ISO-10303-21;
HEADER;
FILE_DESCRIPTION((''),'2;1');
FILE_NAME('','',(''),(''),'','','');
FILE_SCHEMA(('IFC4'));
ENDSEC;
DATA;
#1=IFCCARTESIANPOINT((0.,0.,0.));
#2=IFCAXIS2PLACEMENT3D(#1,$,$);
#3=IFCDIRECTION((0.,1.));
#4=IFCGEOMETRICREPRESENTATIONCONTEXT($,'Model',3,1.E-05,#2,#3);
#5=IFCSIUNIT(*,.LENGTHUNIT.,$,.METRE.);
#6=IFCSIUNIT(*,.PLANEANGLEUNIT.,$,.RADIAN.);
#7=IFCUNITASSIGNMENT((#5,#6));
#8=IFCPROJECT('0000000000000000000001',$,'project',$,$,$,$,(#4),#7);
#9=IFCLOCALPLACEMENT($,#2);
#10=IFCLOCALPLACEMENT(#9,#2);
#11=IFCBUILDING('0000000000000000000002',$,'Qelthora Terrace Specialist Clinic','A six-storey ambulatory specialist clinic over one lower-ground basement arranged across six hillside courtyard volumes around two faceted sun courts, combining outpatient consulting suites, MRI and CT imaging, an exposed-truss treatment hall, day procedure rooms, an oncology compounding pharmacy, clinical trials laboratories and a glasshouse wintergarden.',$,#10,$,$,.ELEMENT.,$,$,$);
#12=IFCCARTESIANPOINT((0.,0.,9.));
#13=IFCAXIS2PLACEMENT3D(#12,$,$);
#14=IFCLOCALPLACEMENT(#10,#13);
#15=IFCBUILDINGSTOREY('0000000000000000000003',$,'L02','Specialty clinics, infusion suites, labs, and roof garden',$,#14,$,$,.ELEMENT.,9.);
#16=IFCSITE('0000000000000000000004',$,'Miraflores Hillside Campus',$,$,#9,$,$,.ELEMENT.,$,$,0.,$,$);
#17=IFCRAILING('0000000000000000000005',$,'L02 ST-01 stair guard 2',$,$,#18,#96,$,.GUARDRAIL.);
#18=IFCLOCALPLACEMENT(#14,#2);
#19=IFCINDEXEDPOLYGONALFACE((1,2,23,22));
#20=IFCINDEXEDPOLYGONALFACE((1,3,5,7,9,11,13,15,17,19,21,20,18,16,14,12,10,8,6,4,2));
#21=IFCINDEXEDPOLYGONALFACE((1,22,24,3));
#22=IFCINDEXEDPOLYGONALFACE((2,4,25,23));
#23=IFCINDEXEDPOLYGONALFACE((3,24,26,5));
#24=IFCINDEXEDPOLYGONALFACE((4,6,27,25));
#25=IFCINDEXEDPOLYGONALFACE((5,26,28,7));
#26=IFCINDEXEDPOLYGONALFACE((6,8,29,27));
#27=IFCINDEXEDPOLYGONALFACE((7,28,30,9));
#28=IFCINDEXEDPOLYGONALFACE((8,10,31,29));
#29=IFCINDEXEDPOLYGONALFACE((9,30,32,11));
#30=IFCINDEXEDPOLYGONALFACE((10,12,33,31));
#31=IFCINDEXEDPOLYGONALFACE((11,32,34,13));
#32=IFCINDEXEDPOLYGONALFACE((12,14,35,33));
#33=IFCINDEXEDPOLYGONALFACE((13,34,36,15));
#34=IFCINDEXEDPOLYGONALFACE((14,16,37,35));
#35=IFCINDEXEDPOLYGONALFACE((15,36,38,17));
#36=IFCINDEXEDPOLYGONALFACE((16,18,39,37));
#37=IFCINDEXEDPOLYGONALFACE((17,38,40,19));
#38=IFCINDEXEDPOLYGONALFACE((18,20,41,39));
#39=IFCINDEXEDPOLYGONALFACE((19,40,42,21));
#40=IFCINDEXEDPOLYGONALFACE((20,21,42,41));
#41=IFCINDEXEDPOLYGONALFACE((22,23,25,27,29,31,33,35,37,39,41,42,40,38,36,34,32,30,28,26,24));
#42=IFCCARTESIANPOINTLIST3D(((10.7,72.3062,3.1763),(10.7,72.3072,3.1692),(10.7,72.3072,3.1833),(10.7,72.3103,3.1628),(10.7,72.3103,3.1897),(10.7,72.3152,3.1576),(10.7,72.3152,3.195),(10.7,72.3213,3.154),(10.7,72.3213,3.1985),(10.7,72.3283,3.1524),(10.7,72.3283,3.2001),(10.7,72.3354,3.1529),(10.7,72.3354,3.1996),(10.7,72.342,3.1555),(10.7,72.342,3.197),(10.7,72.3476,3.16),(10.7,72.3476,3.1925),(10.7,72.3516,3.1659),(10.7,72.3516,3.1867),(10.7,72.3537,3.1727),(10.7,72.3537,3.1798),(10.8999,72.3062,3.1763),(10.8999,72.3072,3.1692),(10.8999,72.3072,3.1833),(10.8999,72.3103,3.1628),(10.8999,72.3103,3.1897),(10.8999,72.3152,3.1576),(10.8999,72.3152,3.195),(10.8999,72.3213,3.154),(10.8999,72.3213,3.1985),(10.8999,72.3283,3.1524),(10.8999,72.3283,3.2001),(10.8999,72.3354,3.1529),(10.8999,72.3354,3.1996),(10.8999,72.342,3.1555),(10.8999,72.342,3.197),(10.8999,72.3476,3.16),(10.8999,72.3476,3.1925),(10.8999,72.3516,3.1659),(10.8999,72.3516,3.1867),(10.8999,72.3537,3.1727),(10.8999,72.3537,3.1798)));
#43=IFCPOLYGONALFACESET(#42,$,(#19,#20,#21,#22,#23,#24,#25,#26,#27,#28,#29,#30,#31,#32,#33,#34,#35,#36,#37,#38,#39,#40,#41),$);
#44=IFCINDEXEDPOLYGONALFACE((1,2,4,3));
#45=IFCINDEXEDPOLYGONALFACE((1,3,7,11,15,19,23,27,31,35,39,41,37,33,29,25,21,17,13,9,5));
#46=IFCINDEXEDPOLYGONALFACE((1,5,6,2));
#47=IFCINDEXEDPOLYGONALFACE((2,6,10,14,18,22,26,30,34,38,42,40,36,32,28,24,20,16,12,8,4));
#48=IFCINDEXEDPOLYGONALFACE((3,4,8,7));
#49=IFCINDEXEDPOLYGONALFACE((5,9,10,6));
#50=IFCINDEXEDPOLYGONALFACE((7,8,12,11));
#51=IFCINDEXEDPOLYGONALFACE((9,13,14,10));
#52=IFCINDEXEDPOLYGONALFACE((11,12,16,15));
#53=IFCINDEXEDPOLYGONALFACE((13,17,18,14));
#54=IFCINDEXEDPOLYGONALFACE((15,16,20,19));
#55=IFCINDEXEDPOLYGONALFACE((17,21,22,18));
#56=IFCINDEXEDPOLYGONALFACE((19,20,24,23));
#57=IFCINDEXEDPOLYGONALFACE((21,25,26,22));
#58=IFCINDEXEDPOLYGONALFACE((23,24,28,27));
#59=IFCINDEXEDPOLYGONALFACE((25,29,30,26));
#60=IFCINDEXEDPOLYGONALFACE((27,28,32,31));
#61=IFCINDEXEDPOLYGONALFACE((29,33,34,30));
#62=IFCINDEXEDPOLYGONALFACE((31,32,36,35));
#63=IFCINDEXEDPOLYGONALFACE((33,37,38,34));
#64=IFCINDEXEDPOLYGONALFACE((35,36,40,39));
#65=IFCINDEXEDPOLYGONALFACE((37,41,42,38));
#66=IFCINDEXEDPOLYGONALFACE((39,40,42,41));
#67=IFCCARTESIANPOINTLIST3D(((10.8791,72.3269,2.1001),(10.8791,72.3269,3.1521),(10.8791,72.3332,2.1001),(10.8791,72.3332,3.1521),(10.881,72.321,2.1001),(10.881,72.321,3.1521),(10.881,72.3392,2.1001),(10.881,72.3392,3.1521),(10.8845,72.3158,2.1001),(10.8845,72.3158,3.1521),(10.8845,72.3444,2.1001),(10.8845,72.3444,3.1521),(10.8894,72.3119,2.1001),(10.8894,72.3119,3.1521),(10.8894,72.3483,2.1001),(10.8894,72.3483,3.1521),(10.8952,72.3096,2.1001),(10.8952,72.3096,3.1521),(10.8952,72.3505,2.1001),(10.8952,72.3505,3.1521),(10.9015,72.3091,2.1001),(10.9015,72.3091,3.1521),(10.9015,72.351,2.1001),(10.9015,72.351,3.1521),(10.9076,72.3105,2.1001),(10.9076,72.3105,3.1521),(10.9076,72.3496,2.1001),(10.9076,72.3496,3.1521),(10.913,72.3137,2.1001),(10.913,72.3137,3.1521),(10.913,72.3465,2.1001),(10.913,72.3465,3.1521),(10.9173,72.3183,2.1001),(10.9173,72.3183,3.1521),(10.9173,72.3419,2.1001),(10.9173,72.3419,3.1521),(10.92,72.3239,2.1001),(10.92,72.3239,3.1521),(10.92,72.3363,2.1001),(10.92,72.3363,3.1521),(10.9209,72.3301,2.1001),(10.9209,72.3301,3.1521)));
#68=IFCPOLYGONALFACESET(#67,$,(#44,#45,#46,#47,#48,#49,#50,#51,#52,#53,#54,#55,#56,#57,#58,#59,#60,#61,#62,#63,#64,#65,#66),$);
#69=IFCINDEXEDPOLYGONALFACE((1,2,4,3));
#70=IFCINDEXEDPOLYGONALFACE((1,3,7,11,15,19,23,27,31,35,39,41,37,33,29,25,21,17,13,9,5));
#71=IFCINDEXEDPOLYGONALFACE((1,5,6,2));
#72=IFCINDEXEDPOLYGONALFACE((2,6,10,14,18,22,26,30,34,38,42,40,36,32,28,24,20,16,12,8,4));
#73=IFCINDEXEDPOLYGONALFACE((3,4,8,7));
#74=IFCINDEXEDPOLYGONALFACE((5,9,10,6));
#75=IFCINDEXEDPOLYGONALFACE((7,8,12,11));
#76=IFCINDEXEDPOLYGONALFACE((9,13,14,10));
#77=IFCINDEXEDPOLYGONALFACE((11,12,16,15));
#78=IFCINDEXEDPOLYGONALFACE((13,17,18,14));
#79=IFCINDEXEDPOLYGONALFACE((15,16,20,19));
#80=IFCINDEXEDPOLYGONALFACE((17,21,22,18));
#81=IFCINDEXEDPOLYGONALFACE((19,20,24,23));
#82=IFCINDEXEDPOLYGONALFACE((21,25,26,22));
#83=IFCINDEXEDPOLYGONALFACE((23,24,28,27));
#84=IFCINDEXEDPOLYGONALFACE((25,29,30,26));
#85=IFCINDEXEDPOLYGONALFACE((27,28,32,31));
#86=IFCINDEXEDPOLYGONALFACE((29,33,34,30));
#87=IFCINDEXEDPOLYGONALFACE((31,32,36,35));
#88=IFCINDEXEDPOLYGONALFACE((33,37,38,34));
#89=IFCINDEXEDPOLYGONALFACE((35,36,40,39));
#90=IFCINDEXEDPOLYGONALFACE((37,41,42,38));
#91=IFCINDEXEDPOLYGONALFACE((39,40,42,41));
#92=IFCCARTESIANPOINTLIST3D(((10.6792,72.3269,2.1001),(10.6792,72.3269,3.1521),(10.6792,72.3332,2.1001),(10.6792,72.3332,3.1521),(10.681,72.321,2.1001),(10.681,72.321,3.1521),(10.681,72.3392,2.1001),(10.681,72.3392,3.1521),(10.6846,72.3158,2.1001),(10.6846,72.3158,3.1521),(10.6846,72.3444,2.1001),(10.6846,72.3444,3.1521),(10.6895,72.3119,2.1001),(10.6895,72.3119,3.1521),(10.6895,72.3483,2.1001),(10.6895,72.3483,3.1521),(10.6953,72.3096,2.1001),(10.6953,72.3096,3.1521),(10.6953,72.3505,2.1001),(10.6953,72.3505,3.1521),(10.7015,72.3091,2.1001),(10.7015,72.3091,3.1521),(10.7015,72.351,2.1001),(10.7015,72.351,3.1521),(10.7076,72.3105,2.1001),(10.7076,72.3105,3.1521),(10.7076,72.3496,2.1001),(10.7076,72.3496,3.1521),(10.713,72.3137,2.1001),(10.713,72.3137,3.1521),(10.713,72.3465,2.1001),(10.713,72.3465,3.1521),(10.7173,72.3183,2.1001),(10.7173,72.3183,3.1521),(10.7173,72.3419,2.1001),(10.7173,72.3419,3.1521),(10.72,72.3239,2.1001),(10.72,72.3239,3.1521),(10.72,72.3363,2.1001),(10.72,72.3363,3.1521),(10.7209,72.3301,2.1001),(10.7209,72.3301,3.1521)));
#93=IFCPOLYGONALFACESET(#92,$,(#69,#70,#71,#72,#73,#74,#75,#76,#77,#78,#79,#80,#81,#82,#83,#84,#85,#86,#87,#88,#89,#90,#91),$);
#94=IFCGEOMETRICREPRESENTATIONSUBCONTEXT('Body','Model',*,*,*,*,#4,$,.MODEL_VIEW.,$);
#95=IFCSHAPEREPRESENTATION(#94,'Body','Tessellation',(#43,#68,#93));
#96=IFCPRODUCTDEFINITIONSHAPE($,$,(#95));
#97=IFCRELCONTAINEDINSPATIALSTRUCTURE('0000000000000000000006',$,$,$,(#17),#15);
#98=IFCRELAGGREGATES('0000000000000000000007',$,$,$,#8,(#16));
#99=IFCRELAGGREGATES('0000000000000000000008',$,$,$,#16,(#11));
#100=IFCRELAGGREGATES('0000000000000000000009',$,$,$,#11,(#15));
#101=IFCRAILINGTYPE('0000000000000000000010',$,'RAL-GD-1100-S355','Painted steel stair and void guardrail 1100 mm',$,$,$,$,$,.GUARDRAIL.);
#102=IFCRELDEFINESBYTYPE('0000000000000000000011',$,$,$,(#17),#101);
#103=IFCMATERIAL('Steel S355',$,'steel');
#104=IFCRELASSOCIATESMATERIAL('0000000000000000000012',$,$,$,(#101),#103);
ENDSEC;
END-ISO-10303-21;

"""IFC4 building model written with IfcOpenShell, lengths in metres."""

from ifc_helpers import new_model, si_unit, direction, frame, origin, origin_2d, place, context, subcontext, project, spatial, circle, extrude, material, type_object, element, save


model = new_model("IFC4")

# Units and contexts
model_context = context("Model", 3, precision=1e-05, world=origin(), true_north=direction((0.0, 1.0)))
body_context = subcontext(model_context, "Body", "Model", "MODEL_VIEW")
ifc_project = project(units=[si_unit("LENGTHUNIT", "METRE"), si_unit("PLANEANGLEUNIT", "RADIAN")], contexts=[model_context])

# Site, building, storey
site_placement = place(None, origin())
site = spatial("IfcSite", under=ifc_project, at=site_placement, Name="Miraflores Hillside Campus", CompositionType="ELEMENT", RefElevation=0.0)
building_placement = place(site_placement, origin())
building = spatial("IfcBuilding", under=site, at=building_placement, Name="Qelthora Terrace Specialist Clinic", Description="A six-storey ambulatory specialist clinic over one lower-ground basement arranged across six hillside courtyard volumes around two faceted sun courts, combining outpatient consulting suites, MRI and CT imaging, an exposed-truss treatment hall, day procedure rooms, an oncology compounding pharmacy, clinical trials laboratories and a glasshouse wintergarden.", CompositionType="ELEMENT")
storey_placement = place(building_placement, frame((0.0, 0.0, 9.0)))
storey = spatial("IfcBuildingStorey", under=building, at=storey_placement, Name="L02", Description="Specialty clinics, infusion suites, labs, and roof garden", CompositionType="ELEMENT", Elevation=9.0)

# Shared definitions
ifc_material_1 = material(Name="Steel S355", Category="steel")

# Railing
railing_type_1 = type_object("IfcRailingType", Name="RAL-GD-1100-S355", Description="Painted steel stair and void guardrail 1100 mm", PredefinedType="GUARDRAIL", material=ifc_material_1)
railing_1_placement = place(storey_placement, frame((10.8999, 72.3301, 2.1001)))
element("IfcRailing", 1, at=railing_1_placement, inside=storey, type_object=railing_type_1, Name="L02 ST-01 stair guard 2", PredefinedType="GUARDRAIL", context=body_context, shape_type="SweptSolid", body=[
    extrude(circle(Radius=0.0239, at=origin_2d()), frame((0.0, 0.0, 1.0762), z_axis=(-1.0, 0.0, 0.0), x_axis=(0.0, -1.0, 0.0)), (0.0, 0.0, 1.0), 0.2),
    extrude(circle(Radius=0.021, at=origin_2d()), origin(), (0.0, 0.0, 1.0), 1.052),
    extrude(circle(Radius=0.021, at=origin_2d()), frame((-0.2, 0.0, 0.0)), (0.0, 0.0, 1.0), 1.052),
])

save(model, "model.ifc")
